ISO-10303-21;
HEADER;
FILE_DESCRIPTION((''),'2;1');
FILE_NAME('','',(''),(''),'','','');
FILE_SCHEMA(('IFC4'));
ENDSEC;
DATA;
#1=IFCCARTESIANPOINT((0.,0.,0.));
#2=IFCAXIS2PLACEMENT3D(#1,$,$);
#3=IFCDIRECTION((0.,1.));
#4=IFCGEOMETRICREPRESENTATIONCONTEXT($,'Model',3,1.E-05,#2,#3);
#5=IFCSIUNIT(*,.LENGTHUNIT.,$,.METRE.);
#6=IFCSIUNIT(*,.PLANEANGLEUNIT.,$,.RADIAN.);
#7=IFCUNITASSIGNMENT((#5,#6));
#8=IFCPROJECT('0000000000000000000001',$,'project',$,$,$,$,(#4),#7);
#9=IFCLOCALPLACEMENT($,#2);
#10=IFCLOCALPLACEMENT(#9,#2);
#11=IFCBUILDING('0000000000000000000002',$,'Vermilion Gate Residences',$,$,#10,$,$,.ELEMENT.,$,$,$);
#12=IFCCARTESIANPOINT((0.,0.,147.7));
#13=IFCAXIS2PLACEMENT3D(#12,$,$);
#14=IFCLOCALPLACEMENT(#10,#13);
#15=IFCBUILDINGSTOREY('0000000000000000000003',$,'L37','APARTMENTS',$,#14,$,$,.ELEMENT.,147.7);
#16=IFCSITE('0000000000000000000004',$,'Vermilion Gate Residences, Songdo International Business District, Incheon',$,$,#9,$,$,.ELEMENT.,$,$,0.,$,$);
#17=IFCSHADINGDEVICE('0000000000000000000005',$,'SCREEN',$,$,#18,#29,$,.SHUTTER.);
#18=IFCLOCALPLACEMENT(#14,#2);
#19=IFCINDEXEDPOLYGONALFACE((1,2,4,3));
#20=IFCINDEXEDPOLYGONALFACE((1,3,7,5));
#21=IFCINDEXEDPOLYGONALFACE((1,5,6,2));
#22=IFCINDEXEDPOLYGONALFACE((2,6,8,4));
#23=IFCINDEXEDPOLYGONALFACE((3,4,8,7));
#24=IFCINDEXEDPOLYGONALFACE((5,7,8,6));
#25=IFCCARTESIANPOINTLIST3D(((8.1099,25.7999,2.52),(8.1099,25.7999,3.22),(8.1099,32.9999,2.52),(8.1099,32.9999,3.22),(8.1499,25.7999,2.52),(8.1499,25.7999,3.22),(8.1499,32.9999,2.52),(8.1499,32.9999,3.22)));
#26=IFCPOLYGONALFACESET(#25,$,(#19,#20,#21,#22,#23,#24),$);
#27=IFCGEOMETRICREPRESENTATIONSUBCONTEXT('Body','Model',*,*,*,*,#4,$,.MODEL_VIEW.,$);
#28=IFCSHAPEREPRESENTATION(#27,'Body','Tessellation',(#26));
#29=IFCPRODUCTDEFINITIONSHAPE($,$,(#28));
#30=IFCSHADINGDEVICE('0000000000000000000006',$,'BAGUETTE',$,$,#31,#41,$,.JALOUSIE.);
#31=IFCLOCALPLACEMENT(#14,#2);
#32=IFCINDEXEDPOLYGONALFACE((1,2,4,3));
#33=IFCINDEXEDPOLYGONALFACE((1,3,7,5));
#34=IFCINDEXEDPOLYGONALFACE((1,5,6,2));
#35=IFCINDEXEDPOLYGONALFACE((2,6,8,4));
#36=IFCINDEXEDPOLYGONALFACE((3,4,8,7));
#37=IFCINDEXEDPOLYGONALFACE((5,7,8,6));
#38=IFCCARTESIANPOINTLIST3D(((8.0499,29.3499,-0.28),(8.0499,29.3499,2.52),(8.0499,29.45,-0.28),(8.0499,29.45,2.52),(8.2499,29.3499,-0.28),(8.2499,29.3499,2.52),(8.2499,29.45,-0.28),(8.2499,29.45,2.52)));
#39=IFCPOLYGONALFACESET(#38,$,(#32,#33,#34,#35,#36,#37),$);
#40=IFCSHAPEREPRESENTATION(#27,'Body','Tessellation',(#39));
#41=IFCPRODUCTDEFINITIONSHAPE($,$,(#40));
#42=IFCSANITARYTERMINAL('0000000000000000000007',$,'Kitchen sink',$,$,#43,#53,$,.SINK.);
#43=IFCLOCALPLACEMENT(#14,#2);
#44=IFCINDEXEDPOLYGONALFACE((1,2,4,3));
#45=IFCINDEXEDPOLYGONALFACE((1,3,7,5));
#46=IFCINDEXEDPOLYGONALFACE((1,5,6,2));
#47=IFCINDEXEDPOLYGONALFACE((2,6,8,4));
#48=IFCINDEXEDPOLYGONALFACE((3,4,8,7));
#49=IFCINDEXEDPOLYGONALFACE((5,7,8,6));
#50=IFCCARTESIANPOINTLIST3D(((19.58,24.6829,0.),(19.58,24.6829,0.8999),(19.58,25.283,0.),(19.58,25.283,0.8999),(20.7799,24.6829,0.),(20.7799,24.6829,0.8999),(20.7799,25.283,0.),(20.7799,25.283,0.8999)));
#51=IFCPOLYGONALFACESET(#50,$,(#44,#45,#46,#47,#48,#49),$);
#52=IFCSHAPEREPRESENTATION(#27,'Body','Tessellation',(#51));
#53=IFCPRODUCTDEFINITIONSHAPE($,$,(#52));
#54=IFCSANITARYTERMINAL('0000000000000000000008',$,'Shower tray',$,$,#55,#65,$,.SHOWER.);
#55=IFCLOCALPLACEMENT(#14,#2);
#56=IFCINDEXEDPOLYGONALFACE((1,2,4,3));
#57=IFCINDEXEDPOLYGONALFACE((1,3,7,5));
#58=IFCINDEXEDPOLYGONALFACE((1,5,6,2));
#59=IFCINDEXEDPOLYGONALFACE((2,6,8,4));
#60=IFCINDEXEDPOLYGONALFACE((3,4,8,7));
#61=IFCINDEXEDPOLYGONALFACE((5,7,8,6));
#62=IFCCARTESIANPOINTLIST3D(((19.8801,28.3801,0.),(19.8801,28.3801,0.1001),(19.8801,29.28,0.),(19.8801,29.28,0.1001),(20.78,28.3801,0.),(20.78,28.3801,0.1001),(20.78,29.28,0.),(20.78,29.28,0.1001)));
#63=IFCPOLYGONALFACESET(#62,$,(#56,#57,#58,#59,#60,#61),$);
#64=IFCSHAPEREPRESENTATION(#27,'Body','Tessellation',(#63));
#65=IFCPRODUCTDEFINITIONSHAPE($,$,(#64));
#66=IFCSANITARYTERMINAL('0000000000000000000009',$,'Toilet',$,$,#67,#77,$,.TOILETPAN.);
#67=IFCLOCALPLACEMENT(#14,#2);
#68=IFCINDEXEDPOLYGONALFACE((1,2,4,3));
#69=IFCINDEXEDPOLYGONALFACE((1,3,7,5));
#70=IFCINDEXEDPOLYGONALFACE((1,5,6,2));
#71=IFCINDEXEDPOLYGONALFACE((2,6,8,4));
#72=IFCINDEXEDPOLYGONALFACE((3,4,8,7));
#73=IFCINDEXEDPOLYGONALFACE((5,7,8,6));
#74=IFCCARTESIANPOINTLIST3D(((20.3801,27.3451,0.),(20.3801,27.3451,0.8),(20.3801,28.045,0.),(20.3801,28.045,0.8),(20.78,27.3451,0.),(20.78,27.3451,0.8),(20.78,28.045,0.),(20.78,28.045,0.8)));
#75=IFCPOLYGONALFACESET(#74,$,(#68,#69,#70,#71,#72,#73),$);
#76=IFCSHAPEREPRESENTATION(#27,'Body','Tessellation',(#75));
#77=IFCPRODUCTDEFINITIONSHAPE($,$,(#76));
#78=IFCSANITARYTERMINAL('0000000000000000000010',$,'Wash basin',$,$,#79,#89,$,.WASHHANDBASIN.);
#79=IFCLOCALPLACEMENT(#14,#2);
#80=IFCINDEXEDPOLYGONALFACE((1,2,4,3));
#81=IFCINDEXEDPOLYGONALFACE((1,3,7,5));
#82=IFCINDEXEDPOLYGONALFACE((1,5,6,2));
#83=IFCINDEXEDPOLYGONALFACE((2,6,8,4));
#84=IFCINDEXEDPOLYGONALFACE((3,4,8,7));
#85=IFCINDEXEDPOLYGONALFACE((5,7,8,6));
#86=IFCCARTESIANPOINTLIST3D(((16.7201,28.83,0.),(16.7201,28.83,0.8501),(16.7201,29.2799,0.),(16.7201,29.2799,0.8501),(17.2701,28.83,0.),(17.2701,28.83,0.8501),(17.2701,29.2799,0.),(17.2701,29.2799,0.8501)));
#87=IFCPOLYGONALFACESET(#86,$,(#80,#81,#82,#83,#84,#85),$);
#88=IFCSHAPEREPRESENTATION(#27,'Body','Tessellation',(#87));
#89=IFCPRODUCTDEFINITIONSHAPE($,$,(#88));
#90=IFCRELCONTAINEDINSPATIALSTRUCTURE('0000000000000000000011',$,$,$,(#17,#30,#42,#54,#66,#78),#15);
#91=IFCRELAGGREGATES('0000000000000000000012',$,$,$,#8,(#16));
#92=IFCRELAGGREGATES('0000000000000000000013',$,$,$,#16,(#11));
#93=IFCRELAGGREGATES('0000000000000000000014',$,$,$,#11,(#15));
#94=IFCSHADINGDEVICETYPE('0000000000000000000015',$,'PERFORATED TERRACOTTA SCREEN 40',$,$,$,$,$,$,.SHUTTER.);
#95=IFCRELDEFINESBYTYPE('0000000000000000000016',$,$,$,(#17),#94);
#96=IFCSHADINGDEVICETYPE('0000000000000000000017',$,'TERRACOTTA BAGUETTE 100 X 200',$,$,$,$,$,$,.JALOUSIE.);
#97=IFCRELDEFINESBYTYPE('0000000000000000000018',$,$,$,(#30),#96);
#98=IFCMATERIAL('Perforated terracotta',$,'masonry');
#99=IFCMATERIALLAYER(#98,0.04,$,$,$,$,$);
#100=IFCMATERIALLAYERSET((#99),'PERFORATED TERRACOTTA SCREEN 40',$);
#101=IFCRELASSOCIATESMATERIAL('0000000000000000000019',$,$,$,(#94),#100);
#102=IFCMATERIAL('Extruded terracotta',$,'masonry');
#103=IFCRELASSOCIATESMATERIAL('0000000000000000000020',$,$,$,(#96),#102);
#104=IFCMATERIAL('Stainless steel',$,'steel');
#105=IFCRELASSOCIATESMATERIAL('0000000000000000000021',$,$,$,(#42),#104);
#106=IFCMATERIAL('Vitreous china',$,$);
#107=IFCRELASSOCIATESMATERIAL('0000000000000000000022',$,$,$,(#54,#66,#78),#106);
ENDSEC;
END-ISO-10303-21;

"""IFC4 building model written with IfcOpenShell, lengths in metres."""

from ifc_helpers import new_model, si_unit, direction, frame, origin, origin_2d, place, context, subcontext, project, spatial, rectangle, extrude, material, layer, layer_set, material_profile, profile_set, type_object, element, save


model = new_model("IFC4")

# Units and contexts
model_context = context("Model", 3, precision=1e-05, world=origin(), true_north=direction((0.0, 1.0)))
body_context = subcontext(model_context, "Body", "Model", "MODEL_VIEW")
ifc_project = project(units=[si_unit("LENGTHUNIT", "METRE"), si_unit("PLANEANGLEUNIT", "RADIAN")], contexts=[model_context])

# Site, building, storey
site_placement = place(None, origin())
site = spatial("IfcSite", under=ifc_project, at=site_placement, Name="Vermilion Gate Residences, Songdo International Business District, Incheon", CompositionType="ELEMENT", RefElevation=0.0)
building_placement = place(site_placement, origin())
building = spatial("IfcBuilding", under=site, at=building_placement, Name="Vermilion Gate Residences", CompositionType="ELEMENT")
storey_placement = place(building_placement, frame((0.0, 0.0, 147.7)))
storey = spatial("IfcBuildingStorey", under=building, at=storey_placement, Name="L37", Description="APARTMENTS", CompositionType="ELEMENT", Elevation=147.7)

# Shading devices
ifc_material_1 = material(Name="Perforated terracotta", Category="masonry")
ifc_layer_1 = layer(ifc_material_1, 0.04)
ifc_layer_set_1 = layer_set([ifc_layer_1], Name="PERFORATED TERRACOTTA SCREEN 40")
shading_device_type_1 = type_object("IfcShadingDeviceType", Name="PERFORATED TERRACOTTA SCREEN 40", PredefinedType="SHUTTER", material=ifc_layer_set_1)
shading_device_1_placement = place(storey_placement, frame((8.1299, 29.3999, 2.52), z_axis=(0.0, 0.0, 1.0), x_axis=(0.0, -1.0, 0.0)))
element("IfcShadingDevice", 1, at=shading_device_1_placement, inside=storey, type_object=shading_device_type_1, Name="SCREEN", PredefinedType="SHUTTER", context=body_context, shape_type="SweptSolid", body=[
    extrude(rectangle(XDim=7.2, YDim=0.04, at=origin_2d()), origin(), (0.0, 0.0, 1.0), 0.7),
])
ifc_material_2 = material(Name="Extruded terracotta", Category="masonry")
ifc_material_profile_1 = material_profile(ifc_material_2, rectangle(XDim=0.2, YDim=0.1001, at=origin_2d()), Name="BAGUETTE 100 X 200")
ifc_profile_set_1 = profile_set([ifc_material_profile_1], Name="Extruded terracotta")
shading_device_type_2 = type_object("IfcShadingDeviceType", Name="TERRACOTTA BAGUETTE 100 X 200", PredefinedType="JALOUSIE", material=ifc_profile_set_1)
shading_device_2_placement = place(storey_placement, frame((8.1499, 29.3999, -0.28), z_axis=(0.0, 0.0, 1.0), x_axis=(1.0, 0.0, 0.0)))
element("IfcShadingDevice", 2, at=shading_device_2_placement, inside=storey, type_object=shading_device_type_2, Name="BAGUETTE", PredefinedType="JALOUSIE", context=body_context, shape_type="SweptSolid", body=[
    extrude(rectangle(XDim=0.2, YDim=0.1001, at=origin_2d()), origin(), (0.0, 0.0, 1.0), 2.8),
])

# Sanitary terminals
ifc_material_3 = material(Name="Stainless steel", Category="steel")
sanitary_terminal_1_placement = place(storey_placement, frame((20.1799, 24.9829, 0.0), z_axis=(0.0, 0.0, 1.0), x_axis=(1.0, 0.0, 0.0)))
element("IfcSanitaryTerminal", 3, at=sanitary_terminal_1_placement, inside=storey, material=ifc_material_3, Name="Kitchen sink", PredefinedType="SINK", context=body_context, shape_type="SweptSolid", body=[
    extrude(rectangle(XDim=1.2, YDim=0.6001, at=origin_2d()), origin(), (0.0, 0.0, 1.0), 0.8999),
])
ifc_material_4 = material(Name="Vitreous china")
sanitary_terminal_2_placement = place(storey_placement, frame((20.3301, 28.8301, 0.0), z_axis=(0.0, 0.0, 1.0), x_axis=(1.0, 0.0, 0.0)))
element("IfcSanitaryTerminal", 4, at=sanitary_terminal_2_placement, inside=storey, material=ifc_material_4, Name="Shower tray", PredefinedType="SHOWER", context=body_context, shape_type="SweptSolid", body=[
    extrude(rectangle(XDim=0.8999, YDim=0.8999, at=origin_2d()), origin(), (0.0, 0.0, 1.0), 0.1001),
])
sanitary_terminal_3_placement = place(storey_placement, frame((20.5801, 27.6951, 0.0), z_axis=(0.0, 0.0, 1.0), x_axis=(1.0, 0.0, 0.0)))
element("IfcSanitaryTerminal", 5, at=sanitary_terminal_3_placement, inside=storey, material=ifc_material_4, Name="Toilet", PredefinedType="TOILETPAN", context=body_context, shape_type="SweptSolid", body=[
    extrude(rectangle(XDim=0.3999, YDim=0.7, at=origin_2d()), origin(), (0.0, 0.0, 1.0), 0.8),
])
sanitary_terminal_4_placement = place(storey_placement, frame((16.9951, 29.0549, 0.0), z_axis=(0.0, 0.0, 1.0), x_axis=(1.0, 0.0, 0.0)))
element("IfcSanitaryTerminal", 6, at=sanitary_terminal_4_placement, inside=storey, material=ifc_material_4, Name="Wash basin", PredefinedType="WASHHANDBASIN", context=body_context, shape_type="SweptSolid", body=[
    extrude(rectangle(XDim=0.55, YDim=0.45, at=origin_2d()), origin(), (0.0, 0.0, 1.0), 0.8501),
])

save(model, "model.ifc")
